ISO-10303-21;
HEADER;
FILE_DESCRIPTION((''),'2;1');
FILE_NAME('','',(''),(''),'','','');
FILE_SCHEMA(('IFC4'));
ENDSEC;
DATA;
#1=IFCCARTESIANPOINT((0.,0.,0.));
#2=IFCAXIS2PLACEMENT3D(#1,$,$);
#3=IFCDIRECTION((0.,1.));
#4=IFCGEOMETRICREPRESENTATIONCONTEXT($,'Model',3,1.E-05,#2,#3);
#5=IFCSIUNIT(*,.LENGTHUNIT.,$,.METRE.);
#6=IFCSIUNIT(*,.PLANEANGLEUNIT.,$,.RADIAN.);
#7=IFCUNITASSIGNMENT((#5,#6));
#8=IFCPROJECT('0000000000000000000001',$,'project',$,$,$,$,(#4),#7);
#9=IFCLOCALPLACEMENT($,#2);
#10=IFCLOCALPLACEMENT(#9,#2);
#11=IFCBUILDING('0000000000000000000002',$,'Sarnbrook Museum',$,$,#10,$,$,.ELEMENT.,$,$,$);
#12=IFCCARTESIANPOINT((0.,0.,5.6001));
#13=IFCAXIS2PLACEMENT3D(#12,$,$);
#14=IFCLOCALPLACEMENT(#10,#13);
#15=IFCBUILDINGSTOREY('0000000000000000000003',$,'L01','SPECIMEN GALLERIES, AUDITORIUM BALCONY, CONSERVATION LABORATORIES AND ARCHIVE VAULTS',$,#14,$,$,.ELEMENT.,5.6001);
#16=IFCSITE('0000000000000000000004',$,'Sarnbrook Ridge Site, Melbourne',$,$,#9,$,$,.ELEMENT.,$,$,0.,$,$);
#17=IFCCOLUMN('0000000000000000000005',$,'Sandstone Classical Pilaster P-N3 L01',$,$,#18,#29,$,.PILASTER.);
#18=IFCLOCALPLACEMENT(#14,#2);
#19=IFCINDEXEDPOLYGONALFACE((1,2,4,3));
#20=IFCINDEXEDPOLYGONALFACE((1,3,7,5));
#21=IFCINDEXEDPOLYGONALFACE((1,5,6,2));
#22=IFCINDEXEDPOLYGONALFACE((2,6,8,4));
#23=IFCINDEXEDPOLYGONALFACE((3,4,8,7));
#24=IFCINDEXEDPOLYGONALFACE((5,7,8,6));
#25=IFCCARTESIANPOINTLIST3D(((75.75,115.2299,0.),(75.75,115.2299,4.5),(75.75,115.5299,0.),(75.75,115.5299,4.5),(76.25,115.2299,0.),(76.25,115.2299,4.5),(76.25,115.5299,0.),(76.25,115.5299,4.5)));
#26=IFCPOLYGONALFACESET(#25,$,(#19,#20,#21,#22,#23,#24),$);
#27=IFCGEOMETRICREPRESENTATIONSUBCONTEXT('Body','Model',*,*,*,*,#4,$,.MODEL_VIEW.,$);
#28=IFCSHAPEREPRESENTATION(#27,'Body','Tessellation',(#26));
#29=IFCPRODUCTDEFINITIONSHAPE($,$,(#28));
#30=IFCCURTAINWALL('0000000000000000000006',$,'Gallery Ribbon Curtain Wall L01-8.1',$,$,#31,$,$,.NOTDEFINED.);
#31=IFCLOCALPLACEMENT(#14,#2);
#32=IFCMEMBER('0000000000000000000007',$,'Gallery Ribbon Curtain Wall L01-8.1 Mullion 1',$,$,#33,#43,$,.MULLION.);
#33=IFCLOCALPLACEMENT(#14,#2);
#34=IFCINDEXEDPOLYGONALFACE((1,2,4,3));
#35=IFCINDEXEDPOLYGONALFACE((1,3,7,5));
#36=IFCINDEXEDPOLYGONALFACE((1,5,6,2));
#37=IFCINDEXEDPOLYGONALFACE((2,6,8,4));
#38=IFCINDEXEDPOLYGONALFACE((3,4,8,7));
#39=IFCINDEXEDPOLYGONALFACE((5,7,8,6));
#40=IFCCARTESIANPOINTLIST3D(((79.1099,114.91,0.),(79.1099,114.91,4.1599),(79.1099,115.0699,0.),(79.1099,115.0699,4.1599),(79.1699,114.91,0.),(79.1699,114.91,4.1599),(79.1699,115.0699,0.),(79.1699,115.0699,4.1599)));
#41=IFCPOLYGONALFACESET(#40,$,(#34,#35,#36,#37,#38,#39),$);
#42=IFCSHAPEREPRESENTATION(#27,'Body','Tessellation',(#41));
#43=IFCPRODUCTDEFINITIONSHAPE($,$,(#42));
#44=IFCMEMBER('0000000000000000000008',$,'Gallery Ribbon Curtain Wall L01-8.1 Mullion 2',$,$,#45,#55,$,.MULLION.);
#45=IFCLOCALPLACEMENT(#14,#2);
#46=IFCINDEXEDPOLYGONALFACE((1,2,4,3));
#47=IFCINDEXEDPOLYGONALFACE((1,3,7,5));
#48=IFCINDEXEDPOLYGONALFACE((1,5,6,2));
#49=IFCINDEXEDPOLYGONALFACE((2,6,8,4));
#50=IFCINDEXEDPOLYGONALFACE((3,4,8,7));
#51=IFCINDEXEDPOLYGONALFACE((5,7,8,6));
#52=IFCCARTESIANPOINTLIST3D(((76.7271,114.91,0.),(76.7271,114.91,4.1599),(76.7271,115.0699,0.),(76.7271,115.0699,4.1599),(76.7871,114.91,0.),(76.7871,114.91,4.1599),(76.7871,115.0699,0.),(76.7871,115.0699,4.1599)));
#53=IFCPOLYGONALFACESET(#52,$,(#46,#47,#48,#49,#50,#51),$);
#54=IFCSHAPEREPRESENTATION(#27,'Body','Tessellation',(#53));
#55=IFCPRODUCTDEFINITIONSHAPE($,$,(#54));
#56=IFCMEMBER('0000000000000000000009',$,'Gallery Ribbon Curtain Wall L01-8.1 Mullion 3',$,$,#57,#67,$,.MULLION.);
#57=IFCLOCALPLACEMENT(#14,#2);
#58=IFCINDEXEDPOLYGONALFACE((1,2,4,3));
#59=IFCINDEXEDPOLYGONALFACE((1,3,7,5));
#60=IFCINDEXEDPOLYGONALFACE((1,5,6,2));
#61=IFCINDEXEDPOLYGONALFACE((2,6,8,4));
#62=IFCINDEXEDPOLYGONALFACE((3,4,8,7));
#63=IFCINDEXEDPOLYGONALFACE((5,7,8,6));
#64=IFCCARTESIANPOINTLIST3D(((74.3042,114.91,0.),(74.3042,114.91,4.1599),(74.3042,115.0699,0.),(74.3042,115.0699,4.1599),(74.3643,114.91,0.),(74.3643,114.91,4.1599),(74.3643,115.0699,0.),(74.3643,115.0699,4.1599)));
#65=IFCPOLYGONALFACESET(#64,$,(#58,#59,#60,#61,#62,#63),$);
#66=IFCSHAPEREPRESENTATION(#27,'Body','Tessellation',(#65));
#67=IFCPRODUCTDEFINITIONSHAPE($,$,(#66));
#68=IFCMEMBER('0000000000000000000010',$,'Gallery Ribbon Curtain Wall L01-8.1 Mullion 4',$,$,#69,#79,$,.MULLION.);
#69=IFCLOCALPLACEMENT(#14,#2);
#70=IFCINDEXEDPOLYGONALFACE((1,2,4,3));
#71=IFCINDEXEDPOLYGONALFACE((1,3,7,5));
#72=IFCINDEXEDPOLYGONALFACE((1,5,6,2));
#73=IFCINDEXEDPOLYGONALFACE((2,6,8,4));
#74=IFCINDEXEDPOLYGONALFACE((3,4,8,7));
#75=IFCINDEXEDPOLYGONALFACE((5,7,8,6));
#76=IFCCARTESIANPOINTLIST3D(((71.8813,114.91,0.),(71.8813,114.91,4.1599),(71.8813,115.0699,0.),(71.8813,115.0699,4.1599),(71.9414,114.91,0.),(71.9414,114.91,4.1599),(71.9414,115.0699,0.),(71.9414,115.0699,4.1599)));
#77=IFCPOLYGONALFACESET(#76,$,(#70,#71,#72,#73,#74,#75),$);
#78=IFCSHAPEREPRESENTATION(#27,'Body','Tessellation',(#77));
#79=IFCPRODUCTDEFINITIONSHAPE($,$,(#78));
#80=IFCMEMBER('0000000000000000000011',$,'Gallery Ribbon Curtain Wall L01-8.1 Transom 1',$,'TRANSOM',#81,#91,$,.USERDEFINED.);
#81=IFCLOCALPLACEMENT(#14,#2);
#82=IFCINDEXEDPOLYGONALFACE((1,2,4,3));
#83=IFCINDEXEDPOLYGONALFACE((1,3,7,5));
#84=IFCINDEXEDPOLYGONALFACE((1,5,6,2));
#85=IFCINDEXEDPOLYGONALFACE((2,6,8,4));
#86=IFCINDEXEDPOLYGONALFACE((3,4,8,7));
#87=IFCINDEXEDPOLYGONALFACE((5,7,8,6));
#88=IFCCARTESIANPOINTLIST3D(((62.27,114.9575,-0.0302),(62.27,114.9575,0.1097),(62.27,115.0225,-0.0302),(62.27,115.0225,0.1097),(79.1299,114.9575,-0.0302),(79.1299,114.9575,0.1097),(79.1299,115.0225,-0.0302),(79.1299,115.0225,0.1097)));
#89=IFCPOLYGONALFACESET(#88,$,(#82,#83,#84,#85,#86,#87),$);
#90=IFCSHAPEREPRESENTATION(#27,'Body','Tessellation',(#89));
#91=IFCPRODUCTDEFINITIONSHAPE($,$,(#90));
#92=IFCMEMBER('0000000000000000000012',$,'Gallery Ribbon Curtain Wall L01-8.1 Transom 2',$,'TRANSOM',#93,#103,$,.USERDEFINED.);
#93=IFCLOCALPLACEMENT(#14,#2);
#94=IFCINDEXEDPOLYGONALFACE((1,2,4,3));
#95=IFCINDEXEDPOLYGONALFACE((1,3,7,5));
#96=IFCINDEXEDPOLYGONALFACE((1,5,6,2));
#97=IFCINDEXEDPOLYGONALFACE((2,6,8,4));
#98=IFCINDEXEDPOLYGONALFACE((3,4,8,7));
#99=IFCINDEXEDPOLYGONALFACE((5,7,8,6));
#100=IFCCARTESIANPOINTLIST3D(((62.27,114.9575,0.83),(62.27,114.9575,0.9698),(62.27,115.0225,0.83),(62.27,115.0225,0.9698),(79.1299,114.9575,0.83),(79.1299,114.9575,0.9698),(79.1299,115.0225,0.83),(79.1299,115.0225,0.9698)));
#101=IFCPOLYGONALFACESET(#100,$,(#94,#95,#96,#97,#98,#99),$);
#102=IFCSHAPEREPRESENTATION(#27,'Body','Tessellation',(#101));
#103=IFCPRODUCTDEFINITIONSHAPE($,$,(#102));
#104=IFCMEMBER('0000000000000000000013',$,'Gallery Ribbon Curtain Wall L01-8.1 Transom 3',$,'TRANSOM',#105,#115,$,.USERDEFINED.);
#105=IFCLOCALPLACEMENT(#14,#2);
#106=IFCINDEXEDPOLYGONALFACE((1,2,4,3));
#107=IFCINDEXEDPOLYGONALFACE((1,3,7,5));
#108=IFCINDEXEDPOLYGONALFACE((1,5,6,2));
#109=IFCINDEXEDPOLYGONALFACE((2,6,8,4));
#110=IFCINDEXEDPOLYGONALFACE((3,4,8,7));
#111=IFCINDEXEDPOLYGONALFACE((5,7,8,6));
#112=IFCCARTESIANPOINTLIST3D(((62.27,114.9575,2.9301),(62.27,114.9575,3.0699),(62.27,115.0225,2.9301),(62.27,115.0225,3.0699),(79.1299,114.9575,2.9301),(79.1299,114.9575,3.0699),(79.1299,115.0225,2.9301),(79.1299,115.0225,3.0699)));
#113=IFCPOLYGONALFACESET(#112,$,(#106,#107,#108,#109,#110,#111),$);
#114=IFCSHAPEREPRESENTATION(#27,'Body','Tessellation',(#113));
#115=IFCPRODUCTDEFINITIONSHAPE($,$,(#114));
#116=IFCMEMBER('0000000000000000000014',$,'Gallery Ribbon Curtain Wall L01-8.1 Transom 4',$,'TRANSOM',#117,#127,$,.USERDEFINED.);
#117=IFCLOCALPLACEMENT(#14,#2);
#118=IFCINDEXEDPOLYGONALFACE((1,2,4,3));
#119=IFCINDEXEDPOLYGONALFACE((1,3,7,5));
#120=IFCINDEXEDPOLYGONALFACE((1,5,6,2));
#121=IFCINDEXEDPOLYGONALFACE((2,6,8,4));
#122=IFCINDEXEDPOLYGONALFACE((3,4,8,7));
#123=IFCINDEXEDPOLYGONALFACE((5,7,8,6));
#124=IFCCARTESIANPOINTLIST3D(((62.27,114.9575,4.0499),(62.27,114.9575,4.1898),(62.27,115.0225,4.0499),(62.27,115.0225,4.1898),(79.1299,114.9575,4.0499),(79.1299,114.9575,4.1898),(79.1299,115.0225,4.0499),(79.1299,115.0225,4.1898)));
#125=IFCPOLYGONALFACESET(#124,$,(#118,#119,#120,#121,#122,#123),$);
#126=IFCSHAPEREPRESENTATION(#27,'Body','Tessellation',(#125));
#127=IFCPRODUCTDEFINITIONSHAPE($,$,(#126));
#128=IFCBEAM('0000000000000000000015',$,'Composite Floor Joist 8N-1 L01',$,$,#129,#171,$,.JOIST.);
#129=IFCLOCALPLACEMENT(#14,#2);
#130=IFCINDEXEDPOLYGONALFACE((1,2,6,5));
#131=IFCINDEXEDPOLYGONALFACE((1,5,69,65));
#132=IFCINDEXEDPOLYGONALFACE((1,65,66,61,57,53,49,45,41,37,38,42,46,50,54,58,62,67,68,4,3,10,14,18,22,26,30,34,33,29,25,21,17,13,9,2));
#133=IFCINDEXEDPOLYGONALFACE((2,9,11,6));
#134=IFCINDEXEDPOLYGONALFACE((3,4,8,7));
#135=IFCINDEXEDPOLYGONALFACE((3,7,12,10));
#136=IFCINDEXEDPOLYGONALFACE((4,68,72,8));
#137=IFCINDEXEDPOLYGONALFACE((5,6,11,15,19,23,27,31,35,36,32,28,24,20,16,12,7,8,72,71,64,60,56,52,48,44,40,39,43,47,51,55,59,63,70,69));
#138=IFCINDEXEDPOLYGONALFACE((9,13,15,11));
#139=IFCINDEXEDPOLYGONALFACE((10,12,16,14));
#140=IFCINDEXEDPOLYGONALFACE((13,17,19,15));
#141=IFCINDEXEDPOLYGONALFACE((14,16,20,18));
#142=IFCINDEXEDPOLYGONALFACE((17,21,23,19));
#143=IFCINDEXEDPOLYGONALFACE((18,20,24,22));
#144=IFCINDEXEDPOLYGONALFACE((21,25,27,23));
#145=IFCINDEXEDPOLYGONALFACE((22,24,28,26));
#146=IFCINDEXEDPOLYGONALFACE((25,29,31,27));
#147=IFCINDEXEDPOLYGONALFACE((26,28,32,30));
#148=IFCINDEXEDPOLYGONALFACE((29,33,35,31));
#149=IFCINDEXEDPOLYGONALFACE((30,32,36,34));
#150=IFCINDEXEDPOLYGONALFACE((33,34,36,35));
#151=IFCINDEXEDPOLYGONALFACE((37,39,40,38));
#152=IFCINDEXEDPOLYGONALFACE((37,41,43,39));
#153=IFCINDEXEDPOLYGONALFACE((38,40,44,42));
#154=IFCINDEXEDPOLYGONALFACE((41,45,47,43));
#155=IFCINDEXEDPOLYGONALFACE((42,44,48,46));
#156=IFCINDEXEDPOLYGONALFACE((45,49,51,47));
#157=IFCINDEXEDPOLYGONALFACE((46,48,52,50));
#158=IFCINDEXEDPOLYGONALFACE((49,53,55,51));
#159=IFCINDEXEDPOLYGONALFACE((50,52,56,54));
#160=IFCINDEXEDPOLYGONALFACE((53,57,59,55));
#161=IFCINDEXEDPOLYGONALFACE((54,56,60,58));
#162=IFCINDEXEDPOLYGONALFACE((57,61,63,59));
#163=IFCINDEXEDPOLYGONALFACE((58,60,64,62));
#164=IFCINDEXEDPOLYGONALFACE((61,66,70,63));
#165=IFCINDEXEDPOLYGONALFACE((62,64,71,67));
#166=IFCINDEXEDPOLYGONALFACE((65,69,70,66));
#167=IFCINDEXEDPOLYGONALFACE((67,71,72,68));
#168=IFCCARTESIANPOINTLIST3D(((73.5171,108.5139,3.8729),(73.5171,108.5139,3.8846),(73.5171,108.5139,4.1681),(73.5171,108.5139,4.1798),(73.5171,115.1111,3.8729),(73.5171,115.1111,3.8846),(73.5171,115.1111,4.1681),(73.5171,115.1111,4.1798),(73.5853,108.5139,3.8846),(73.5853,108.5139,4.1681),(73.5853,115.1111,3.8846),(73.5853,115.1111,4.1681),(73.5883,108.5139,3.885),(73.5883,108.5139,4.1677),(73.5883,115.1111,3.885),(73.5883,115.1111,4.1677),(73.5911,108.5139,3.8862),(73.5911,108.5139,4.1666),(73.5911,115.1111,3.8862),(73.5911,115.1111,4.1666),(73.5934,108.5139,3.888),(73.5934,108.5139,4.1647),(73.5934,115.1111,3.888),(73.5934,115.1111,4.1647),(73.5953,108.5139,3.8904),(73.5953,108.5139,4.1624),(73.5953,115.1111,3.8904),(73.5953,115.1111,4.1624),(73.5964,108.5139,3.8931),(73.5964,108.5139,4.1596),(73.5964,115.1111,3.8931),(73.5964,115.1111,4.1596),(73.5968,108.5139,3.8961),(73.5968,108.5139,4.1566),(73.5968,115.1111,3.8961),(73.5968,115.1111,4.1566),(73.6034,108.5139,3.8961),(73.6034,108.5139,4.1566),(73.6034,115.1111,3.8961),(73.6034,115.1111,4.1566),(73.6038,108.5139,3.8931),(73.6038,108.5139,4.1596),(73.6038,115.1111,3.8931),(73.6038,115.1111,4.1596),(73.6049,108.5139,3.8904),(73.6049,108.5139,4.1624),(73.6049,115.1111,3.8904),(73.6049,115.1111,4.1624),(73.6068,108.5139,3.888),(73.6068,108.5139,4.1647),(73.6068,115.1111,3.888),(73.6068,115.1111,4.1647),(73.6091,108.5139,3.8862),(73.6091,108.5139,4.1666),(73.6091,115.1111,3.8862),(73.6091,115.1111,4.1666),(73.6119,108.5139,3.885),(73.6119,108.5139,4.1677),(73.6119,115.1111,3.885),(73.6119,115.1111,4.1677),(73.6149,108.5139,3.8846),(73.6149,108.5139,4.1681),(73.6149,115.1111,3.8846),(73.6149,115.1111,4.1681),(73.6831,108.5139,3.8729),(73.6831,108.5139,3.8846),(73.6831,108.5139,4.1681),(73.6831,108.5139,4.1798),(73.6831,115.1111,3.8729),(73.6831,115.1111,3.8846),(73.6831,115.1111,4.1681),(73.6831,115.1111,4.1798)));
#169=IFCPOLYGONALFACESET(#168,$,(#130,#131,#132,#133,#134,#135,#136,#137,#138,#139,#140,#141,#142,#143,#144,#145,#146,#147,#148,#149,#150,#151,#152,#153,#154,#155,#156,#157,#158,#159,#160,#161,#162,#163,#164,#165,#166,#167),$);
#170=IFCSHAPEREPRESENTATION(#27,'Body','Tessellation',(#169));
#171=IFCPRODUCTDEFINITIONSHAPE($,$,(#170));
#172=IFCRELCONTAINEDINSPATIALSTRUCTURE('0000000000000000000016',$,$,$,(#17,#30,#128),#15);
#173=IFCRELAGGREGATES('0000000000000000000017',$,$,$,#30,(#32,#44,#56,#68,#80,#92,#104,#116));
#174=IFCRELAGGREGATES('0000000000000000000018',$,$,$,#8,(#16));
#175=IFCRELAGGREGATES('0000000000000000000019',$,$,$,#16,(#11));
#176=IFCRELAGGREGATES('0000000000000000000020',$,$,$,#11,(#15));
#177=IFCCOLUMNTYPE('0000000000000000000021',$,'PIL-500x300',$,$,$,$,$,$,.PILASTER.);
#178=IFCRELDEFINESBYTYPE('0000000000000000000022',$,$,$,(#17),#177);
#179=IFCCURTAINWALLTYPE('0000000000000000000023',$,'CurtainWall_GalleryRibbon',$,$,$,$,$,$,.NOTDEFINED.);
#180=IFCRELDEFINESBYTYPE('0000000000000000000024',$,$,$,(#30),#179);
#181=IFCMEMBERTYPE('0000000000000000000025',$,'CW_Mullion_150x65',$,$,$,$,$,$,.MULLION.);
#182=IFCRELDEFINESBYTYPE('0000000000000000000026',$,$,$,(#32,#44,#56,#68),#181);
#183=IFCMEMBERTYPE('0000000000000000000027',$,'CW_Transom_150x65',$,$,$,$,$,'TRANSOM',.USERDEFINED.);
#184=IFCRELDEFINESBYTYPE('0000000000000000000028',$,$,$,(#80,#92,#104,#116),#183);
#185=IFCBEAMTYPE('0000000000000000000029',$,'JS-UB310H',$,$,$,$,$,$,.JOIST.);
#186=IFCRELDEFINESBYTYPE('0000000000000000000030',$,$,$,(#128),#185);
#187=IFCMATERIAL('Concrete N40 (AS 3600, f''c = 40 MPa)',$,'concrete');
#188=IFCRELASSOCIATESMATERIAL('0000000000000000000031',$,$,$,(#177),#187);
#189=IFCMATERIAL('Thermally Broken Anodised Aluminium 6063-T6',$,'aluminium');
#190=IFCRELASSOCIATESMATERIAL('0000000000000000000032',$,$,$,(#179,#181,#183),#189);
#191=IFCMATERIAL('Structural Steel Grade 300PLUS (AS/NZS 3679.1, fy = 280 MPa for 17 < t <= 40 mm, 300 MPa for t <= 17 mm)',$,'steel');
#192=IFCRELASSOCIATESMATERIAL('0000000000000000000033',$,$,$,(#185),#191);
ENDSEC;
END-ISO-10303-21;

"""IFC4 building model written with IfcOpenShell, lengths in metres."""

from ifc_helpers import new_model, si_unit, direction, frame, origin, origin_2d, place, context, subcontext, project, spatial, rectangle, i_section, extrude, material, material_profile, profile_set, type_object, element, aggregate, save


model = new_model("IFC4")

# Units and contexts
model_context = context("Model", 3, precision=1e-05, world=origin(), true_north=direction((0.0, 1.0)))
body_context = subcontext(model_context, "Body", "Model", "MODEL_VIEW")
ifc_project = project(units=[si_unit("LENGTHUNIT", "METRE"), si_unit("PLANEANGLEUNIT", "RADIAN")], contexts=[model_context])

# Site, building, storey
site_placement = place(None, origin())
site = spatial("IfcSite", under=ifc_project, at=site_placement, Name="Sarnbrook Ridge Site, Melbourne", CompositionType="ELEMENT", RefElevation=0.0)
building_placement = place(site_placement, origin())
building = spatial("IfcBuilding", under=site, at=building_placement, Name="Sarnbrook Museum", CompositionType="ELEMENT")
storey_placement = place(building_placement, frame((0.0, 0.0, 5.6001)))
storey = spatial("IfcBuildingStorey", under=building, at=storey_placement, Name="L01", Description="SPECIMEN GALLERIES, AUDITORIUM BALCONY, CONSERVATION LABORATORIES AND ARCHIVE VAULTS", CompositionType="ELEMENT", Elevation=5.6001)

# Column
ifc_material_1 = material(Name="Concrete N40 (AS 3600, f'c = 40 MPa)", Category="concrete")
ifc_material_profile_1 = material_profile(ifc_material_1, rectangle(XDim=0.5, YDim=0.3, at=origin_2d()), Name="PILASTER 500x300")
ifc_profile_set_1 = profile_set([ifc_material_profile_1], Name="Concrete N40 (AS 3600, f'c = 40 MPa)")
column_type = type_object("IfcColumnType", Name="PIL-500x300", PredefinedType="PILASTER", material=ifc_profile_set_1)
column_placement = place(storey_placement, frame((76.0, 115.3799, 0.0), z_axis=(0.0, 0.0, 1.0), x_axis=(1.0, 0.0, 0.0)))
element("IfcColumn", 1, at=column_placement, inside=storey, type_object=column_type, Name="Sandstone Classical Pilaster P-N3 L01", PredefinedType="PILASTER", context=body_context, shape_type="SweptSolid", body=[
    extrude(rectangle(XDim=0.5, YDim=0.3, at=origin_2d()), origin(), (0.0, 0.0, 1.0), 4.5),
])

# Curtain wall, members
ifc_material_2 = material(Name="Thermally Broken Anodised Aluminium 6063-T6", Category="aluminium")
curtain_wall_type = type_object("IfcCurtainWallType", Name="CurtainWall_GalleryRibbon", PredefinedType="NOTDEFINED", material=ifc_material_2)
curtain_wall_placement = place(storey_placement, origin())
curtain_wall = element("IfcCurtainWall", 2, at=curtain_wall_placement, inside=storey, type_object=curtain_wall_type, Name="Gallery Ribbon Curtain Wall L01-8.1", PredefinedType="NOTDEFINED")
ifc_material_profile_2 = material_profile(ifc_material_2, rectangle(XDim=0.0601, YDim=0.1599, at=origin_2d()), Name="ALU MULLION 60x160")
ifc_profile_set_2 = profile_set([ifc_material_profile_2], Name="Thermally Broken Anodised Aluminium 6063-T6")
member_type_1 = type_object("IfcMemberType", Name="CW_Mullion_150x65", PredefinedType="MULLION", material=ifc_profile_set_2)
member_1_placement = place(storey_placement, frame((79.1399, 114.99, 0.0), z_axis=(0.0, 0.0, 1.0), x_axis=(1.0, 0.0, 0.0)))
member_1 = element("IfcMember", 3, at=member_1_placement, type_object=member_type_1, Name="Gallery Ribbon Curtain Wall L01-8.1 Mullion 1", PredefinedType="MULLION", context=body_context, shape_type="SweptSolid", body=[
    extrude(rectangle(XDim=0.0601, YDim=0.1599, at=origin_2d()), origin(), (0.0, 0.0, 1.0), 4.1599),
])
member_2_placement = place(storey_placement, frame((76.7571, 114.99, 0.0), z_axis=(0.0, 0.0, 1.0), x_axis=(1.0, 0.0, 0.0)))
member_2 = element("IfcMember", 4, at=member_2_placement, type_object=member_type_1, Name="Gallery Ribbon Curtain Wall L01-8.1 Mullion 2", PredefinedType="MULLION", context=body_context, shape_type="SweptSolid", body=[
    extrude(rectangle(XDim=0.0601, YDim=0.1599, at=origin_2d()), origin(), (0.0, 0.0, 1.0), 4.1599),
])
member_3_placement = place(storey_placement, frame((74.3342, 114.99, 0.0), z_axis=(0.0, 0.0, 1.0), x_axis=(1.0, 0.0, 0.0)))
member_3 = element("IfcMember", 5, at=member_3_placement, type_object=member_type_1, Name="Gallery Ribbon Curtain Wall L01-8.1 Mullion 3", PredefinedType="MULLION", context=body_context, shape_type="SweptSolid", body=[
    extrude(rectangle(XDim=0.0601, YDim=0.1599, at=origin_2d()), origin(), (0.0, 0.0, 1.0), 4.1599),
])
member_4_placement = place(storey_placement, frame((71.9114, 114.99, 0.0), z_axis=(0.0, 0.0, 1.0), x_axis=(1.0, 0.0, 0.0)))
member_4 = element("IfcMember", 6, at=member_4_placement, type_object=member_type_1, Name="Gallery Ribbon Curtain Wall L01-8.1 Mullion 4", PredefinedType="MULLION", context=body_context, shape_type="SweptSolid", body=[
    extrude(rectangle(XDim=0.0601, YDim=0.1599, at=origin_2d()), origin(), (0.0, 0.0, 1.0), 4.1599),
])
ifc_material_profile_3 = material_profile(ifc_material_2, rectangle(XDim=0.0649, YDim=0.1399, at=origin_2d()), Name="ALU TRANSOM 65x140")
ifc_profile_set_3 = profile_set([ifc_material_profile_3], Name="Thermally Broken Anodised Aluminium 6063-T6")
member_type_2 = type_object("IfcMemberType", Name="CW_Transom_150x65", ElementType="TRANSOM", PredefinedType="USERDEFINED", material=ifc_profile_set_3)
member_5_placement = place(storey_placement, frame((79.1299, 114.99, 0.0398), z_axis=(-1.0, 0.0, 0.0), x_axis=(0.0, -1.0, 0.0)))
member_5 = element("IfcMember", 7, at=member_5_placement, type_object=member_type_2, Name="Gallery Ribbon Curtain Wall L01-8.1 Transom 1", ObjectType="TRANSOM", PredefinedType="USERDEFINED", context=body_context, shape_type="SweptSolid", body=[
    extrude(rectangle(XDim=0.0649, YDim=0.1399, at=origin_2d()), origin(), (0.0, 0.0, 1.0), 16.8599),
])
member_6_placement = place(storey_placement, frame((79.1299, 114.99, 0.8999), z_axis=(-1.0, 0.0, 0.0), x_axis=(0.0, -1.0, 0.0)))
member_6 = element("IfcMember", 8, at=member_6_placement, type_object=member_type_2, Name="Gallery Ribbon Curtain Wall L01-8.1 Transom 2", ObjectType="TRANSOM", PredefinedType="USERDEFINED", context=body_context, shape_type="SweptSolid", body=[
    extrude(rectangle(XDim=0.0649, YDim=0.1399, at=origin_2d()), origin(), (0.0, 0.0, 1.0), 16.8599),
])
member_7_placement = place(storey_placement, frame((79.1299, 114.99, 3.0), z_axis=(-1.0, 0.0, 0.0), x_axis=(0.0, -1.0, 0.0)))
member_7 = element("IfcMember", 9, at=member_7_placement, type_object=member_type_2, Name="Gallery Ribbon Curtain Wall L01-8.1 Transom 3", ObjectType="TRANSOM", PredefinedType="USERDEFINED", context=body_context, shape_type="SweptSolid", body=[
    extrude(rectangle(XDim=0.0649, YDim=0.1399, at=origin_2d()), origin(), (0.0, 0.0, 1.0), 16.8599),
])
member_8_placement = place(storey_placement, frame((79.1299, 114.99, 4.1199), z_axis=(-1.0, 0.0, 0.0), x_axis=(0.0, -1.0, 0.0)))
member_8 = element("IfcMember", 10, at=member_8_placement, type_object=member_type_2, Name="Gallery Ribbon Curtain Wall L01-8.1 Transom 4", ObjectType="TRANSOM", PredefinedType="USERDEFINED", context=body_context, shape_type="SweptSolid", body=[
    extrude(rectangle(XDim=0.0649, YDim=0.1399, at=origin_2d()), origin(), (0.0, 0.0, 1.0), 16.8599),
])

# Beam
ifc_material_3 = material(Name="Structural Steel Grade 300PLUS (AS/NZS 3679.1, fy = 280 MPa for 17 < t <= 40 mm, 300 MPa for t <= 17 mm)", Category="steel")
ifc_material_profile_4 = material_profile(ifc_material_3, i_section(OverallWidth=0.166, OverallDepth=0.3069, WebThickness=0.0066, FlangeThickness=0.0117, FilletRadius=0.0115, at=origin_2d()), Name="310UB46.2")
ifc_profile_set_4 = profile_set([ifc_material_profile_4], Name="Structural Steel Grade 300PLUS (AS/NZS 3679.1, fy = 280 MPa for 17 < t <= 40 mm, 300 MPa for t <= 17 mm)")
beam_type_1 = type_object("IfcBeamType", Name="JS-UB310H", PredefinedType="JOIST", material=ifc_profile_set_4)
for number, where, z_axis, x_axis, name in (
    (11, (73.6001, 108.5139, 4.0264), (0.0, 1.0, 0.0), (-1.0, 0.0, 0.0), "Composite Floor Joist 8N-1 L01"),
):
    element("IfcBeam", number, at=place(storey_placement, frame(where, z_axis=z_axis, x_axis=x_axis)), inside=storey, type_object=beam_type_1, Name=name, PredefinedType="JOIST", context=body_context, shape_type="SweptSolid", body=[
        extrude(i_section(OverallWidth=0.166, OverallDepth=0.3069, WebThickness=0.0066, FlangeThickness=0.0117, FilletRadius=0.0115, at=origin_2d()), origin(), (0.0, 0.0, 1.0), 6.5972),
    ])

aggregate(curtain_wall, [member_1, member_2, member_3, member_4, member_5, member_6, member_7, member_8])

save(model, "model.ifc")
